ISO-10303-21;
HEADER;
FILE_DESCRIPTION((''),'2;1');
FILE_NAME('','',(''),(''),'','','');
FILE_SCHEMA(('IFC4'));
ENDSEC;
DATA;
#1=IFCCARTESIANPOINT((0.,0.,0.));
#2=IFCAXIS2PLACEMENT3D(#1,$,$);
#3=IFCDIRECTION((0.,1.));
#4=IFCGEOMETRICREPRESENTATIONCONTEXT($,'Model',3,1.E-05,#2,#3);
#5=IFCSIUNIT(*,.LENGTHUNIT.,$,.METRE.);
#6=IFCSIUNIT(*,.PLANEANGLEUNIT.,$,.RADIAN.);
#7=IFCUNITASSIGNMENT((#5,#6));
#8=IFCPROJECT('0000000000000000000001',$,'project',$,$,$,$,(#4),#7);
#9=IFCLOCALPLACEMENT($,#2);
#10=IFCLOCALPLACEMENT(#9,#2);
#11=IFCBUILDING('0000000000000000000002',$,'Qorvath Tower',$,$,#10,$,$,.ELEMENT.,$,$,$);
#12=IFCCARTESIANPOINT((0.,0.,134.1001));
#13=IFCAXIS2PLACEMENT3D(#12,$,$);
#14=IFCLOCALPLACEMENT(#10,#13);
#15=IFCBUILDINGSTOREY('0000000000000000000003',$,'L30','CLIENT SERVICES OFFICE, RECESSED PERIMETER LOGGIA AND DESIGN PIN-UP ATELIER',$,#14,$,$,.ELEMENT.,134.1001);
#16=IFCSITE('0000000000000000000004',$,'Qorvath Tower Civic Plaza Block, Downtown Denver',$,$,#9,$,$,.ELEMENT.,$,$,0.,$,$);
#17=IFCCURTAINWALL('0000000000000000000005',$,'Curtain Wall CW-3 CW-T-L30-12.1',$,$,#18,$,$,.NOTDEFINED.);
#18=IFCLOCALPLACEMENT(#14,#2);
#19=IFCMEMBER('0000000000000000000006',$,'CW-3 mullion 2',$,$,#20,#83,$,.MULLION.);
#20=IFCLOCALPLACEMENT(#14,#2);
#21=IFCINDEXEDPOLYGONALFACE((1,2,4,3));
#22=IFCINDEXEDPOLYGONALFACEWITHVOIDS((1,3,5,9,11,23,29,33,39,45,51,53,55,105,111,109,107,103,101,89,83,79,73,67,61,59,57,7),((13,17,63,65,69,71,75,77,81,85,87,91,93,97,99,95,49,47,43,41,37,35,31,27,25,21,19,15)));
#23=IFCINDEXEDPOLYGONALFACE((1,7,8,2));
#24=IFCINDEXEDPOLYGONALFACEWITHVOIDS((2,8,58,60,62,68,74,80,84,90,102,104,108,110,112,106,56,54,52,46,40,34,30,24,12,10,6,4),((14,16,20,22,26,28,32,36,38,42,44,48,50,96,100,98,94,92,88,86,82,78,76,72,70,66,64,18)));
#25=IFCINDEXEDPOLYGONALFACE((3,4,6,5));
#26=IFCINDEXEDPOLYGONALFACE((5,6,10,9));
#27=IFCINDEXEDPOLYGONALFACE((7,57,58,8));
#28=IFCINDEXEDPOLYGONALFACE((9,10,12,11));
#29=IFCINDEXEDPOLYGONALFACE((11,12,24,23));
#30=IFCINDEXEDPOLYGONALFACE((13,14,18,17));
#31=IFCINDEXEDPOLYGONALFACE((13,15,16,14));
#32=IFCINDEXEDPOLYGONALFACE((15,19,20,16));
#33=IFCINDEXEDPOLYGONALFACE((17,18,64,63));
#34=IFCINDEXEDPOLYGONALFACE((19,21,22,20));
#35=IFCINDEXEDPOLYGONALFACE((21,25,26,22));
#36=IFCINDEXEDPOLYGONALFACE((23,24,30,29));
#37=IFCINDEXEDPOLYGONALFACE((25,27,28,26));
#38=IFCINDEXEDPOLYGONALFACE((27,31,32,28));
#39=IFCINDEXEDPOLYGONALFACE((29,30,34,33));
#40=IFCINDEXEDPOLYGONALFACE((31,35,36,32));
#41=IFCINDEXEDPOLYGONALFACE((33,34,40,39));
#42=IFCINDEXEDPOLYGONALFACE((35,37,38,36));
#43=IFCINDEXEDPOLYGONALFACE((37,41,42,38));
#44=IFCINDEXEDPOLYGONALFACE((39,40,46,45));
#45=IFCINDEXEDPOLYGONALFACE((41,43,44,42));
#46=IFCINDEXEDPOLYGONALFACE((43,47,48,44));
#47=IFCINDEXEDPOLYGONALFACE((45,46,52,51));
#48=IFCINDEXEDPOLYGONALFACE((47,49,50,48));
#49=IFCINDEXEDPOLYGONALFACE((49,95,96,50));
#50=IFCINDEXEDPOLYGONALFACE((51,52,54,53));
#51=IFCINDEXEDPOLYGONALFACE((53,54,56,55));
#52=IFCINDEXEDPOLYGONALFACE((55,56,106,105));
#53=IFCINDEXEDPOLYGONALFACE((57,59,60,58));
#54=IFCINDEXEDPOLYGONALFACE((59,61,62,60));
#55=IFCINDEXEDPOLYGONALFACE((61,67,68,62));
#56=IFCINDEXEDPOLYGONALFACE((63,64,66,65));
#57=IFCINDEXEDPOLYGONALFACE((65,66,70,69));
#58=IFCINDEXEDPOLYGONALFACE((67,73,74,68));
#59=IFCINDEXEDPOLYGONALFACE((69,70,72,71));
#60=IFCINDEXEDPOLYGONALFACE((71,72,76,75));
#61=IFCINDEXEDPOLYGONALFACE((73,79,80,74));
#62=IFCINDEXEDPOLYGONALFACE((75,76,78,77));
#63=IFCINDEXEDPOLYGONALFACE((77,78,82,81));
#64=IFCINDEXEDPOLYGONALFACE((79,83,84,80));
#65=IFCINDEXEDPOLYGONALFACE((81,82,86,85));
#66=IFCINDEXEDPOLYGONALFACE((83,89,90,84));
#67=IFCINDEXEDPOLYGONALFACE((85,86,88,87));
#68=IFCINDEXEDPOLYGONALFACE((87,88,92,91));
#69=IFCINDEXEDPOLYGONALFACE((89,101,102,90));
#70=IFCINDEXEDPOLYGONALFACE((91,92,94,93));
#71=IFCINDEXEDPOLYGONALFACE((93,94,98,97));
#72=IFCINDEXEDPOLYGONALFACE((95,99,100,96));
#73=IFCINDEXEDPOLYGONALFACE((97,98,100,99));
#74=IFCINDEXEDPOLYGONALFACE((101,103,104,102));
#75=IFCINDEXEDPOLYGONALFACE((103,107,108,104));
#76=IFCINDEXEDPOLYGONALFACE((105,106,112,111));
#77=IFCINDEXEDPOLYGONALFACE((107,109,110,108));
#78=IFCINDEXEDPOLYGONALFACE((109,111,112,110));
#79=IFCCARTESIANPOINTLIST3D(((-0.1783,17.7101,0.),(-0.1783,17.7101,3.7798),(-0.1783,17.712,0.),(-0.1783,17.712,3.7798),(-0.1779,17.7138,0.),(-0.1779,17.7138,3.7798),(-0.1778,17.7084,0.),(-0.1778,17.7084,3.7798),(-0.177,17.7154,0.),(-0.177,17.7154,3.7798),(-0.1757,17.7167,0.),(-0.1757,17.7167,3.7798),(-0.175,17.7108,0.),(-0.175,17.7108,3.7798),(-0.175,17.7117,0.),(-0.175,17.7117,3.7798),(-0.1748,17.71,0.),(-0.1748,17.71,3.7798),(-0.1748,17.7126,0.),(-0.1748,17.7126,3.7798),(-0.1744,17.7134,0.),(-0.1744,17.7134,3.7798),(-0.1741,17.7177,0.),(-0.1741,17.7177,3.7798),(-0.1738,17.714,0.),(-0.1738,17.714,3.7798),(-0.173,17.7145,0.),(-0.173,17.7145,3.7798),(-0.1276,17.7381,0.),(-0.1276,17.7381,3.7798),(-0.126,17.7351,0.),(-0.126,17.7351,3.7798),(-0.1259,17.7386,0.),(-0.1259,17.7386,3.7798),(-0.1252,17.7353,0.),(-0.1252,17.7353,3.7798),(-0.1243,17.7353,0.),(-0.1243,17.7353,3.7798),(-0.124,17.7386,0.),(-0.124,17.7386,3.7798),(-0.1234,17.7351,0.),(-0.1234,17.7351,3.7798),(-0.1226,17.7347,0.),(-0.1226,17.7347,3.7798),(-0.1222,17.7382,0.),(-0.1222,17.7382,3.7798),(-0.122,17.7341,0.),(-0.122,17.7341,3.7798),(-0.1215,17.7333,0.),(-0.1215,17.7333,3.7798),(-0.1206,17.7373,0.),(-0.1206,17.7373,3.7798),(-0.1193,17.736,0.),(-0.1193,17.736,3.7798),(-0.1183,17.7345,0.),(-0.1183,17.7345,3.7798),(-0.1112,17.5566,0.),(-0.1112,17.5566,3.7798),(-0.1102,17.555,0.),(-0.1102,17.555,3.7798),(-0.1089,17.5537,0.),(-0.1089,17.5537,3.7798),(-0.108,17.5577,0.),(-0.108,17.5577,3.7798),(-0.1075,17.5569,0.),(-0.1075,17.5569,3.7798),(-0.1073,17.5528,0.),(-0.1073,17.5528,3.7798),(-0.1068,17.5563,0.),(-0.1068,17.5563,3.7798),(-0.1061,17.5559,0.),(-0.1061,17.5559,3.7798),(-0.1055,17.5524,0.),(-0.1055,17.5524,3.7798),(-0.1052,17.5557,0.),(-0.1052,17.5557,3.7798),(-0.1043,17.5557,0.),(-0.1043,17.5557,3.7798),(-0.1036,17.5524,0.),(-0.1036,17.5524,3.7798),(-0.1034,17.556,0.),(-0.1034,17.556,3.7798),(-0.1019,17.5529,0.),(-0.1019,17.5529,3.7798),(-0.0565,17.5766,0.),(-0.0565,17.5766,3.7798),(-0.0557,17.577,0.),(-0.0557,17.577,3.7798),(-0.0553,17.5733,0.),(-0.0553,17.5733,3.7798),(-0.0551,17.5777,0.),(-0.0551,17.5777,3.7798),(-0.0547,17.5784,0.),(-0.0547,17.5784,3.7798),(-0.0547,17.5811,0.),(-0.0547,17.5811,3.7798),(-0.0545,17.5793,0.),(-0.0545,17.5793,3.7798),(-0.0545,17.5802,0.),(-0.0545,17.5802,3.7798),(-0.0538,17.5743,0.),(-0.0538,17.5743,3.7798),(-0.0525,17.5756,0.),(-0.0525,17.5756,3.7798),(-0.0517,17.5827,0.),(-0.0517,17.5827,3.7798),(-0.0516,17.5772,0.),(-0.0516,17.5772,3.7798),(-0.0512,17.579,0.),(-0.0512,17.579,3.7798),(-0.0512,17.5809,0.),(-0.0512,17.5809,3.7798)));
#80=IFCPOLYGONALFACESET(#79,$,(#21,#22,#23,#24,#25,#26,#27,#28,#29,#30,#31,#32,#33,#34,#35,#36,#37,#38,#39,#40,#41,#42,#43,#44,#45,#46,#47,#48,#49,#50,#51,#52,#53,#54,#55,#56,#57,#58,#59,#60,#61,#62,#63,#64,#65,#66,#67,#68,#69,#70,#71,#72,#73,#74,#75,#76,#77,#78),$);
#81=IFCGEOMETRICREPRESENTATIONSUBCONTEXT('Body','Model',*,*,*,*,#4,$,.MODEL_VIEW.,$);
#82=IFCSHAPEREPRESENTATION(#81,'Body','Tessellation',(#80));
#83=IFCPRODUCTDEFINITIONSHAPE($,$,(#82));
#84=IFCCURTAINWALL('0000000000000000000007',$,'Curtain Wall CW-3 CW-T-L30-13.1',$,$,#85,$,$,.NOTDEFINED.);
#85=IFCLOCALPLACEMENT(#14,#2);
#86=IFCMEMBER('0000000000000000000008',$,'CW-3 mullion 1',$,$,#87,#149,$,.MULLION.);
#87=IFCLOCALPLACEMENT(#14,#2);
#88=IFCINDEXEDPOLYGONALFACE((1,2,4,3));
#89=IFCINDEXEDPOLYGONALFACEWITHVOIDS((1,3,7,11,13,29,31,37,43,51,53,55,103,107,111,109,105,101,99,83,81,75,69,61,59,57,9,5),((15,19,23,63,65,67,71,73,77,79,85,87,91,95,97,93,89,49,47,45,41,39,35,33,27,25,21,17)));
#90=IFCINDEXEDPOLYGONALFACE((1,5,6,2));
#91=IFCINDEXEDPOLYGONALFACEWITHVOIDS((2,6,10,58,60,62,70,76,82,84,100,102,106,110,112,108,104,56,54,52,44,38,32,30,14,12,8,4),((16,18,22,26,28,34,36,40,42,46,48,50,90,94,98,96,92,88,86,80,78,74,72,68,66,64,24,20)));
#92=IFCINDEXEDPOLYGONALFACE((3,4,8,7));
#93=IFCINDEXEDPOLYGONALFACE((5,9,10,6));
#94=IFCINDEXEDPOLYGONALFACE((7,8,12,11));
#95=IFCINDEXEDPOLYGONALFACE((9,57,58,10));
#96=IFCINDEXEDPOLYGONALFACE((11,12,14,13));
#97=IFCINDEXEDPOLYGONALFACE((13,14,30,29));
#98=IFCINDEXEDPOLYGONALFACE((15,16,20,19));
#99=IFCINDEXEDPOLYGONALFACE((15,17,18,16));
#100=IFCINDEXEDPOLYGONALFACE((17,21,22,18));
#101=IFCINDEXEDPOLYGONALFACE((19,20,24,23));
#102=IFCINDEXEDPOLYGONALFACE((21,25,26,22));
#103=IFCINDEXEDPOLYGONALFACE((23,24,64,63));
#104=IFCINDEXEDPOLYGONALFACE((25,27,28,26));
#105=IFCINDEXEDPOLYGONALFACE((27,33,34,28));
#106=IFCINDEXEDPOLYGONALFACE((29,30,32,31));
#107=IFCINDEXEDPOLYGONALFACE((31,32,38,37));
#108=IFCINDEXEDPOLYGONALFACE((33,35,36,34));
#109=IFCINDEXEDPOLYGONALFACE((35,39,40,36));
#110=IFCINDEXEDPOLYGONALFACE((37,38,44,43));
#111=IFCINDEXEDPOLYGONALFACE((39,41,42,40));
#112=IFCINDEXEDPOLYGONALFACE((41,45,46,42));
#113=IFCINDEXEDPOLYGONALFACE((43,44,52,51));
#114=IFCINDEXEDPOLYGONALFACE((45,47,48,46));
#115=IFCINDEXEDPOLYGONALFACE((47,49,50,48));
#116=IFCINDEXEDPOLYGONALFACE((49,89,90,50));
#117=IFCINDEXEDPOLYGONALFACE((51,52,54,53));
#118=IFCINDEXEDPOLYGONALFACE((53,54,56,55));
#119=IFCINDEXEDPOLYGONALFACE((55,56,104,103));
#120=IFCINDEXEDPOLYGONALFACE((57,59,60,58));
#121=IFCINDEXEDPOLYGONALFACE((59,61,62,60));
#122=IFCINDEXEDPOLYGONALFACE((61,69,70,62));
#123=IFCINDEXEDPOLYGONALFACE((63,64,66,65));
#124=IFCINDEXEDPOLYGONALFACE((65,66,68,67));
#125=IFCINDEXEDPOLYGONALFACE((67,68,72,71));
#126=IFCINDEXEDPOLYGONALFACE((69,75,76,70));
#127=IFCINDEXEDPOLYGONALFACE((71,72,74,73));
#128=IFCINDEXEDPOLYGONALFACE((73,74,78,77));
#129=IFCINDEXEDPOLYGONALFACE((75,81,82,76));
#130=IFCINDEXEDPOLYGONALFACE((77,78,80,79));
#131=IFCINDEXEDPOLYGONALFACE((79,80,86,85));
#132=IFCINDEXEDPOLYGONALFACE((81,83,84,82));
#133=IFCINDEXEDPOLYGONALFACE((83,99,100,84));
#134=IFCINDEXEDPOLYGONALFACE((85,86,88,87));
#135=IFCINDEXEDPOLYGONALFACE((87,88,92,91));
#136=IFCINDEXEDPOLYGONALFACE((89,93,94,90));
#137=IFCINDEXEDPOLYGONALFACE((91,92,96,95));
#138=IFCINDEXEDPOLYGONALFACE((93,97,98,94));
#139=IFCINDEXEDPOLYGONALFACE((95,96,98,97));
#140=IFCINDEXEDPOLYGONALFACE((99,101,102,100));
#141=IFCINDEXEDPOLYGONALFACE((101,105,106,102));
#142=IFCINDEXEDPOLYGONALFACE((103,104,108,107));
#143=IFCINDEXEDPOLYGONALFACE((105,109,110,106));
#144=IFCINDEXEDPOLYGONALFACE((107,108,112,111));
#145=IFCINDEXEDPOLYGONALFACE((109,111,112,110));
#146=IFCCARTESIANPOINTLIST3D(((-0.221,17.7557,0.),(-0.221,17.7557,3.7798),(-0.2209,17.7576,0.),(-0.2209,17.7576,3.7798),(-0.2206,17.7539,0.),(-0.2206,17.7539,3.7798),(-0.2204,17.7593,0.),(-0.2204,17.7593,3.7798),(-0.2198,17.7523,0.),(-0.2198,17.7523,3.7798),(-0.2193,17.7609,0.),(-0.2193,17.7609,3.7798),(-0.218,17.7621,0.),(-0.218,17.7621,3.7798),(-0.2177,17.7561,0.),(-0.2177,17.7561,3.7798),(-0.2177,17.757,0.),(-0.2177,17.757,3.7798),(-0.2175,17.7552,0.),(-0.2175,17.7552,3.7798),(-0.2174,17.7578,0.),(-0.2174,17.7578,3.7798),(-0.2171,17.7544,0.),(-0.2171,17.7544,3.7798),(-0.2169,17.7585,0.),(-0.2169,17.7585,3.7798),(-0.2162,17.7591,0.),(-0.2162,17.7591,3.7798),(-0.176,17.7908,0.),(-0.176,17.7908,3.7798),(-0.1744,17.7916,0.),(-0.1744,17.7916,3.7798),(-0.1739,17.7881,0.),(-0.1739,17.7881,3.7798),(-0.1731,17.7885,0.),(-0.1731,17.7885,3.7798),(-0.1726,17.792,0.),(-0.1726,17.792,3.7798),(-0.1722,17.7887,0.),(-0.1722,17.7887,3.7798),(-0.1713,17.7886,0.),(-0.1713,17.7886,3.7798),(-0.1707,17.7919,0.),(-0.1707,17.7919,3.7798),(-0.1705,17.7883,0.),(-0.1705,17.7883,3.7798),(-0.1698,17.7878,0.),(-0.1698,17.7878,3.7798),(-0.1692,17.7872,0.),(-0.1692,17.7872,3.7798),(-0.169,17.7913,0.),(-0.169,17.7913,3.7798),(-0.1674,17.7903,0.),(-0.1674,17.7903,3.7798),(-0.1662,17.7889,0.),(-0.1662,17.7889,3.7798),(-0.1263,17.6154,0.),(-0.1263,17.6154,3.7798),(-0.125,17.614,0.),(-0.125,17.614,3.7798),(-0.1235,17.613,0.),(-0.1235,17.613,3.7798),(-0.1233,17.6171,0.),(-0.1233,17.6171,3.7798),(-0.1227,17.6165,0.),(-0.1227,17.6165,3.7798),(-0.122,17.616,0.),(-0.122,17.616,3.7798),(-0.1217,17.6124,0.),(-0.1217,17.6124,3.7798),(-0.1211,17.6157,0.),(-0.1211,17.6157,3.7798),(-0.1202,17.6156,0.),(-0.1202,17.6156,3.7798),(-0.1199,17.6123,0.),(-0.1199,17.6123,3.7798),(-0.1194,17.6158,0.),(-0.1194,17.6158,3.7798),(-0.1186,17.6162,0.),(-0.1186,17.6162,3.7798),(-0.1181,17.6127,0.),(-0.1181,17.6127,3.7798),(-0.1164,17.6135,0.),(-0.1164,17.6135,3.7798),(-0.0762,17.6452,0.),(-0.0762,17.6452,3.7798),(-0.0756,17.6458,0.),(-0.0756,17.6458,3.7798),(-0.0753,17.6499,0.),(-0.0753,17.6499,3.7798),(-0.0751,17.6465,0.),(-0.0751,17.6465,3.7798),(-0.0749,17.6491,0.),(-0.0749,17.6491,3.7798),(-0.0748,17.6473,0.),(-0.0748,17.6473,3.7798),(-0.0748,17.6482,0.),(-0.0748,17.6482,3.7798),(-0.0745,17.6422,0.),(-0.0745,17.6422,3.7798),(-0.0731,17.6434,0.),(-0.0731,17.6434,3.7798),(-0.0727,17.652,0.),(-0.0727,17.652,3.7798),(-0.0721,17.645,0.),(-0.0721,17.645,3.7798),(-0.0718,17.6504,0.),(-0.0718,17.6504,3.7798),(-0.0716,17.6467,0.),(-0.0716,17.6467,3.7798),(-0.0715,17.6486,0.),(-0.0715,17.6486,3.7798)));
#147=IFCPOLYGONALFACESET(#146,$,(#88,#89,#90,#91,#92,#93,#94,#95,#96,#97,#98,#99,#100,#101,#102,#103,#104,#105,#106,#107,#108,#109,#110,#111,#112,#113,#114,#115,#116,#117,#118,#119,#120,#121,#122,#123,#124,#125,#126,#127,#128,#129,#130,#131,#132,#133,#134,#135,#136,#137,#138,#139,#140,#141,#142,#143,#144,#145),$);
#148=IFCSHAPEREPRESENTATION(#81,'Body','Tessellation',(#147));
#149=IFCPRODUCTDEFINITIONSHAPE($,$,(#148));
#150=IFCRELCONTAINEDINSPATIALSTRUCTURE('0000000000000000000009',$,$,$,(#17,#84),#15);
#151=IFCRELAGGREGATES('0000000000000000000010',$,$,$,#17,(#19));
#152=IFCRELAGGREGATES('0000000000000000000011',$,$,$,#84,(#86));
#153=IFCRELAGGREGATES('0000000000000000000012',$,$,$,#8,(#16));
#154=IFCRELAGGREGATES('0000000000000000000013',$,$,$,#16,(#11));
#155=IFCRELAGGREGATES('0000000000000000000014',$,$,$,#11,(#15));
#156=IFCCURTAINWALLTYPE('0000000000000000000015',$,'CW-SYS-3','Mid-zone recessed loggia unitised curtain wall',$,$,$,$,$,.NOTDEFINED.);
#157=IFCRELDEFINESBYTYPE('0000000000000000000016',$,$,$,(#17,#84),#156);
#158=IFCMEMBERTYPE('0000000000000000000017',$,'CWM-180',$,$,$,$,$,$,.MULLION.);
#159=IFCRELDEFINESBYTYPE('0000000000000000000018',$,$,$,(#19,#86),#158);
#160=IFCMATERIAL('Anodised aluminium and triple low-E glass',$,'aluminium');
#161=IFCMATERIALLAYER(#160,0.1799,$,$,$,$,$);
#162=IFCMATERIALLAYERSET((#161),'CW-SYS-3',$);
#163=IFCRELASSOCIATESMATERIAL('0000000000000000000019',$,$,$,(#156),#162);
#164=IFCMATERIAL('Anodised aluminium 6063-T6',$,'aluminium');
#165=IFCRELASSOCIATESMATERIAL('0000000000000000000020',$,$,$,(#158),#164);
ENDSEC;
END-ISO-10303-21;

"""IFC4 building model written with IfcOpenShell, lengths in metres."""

from ifc_helpers import new_model, si_unit, direction, frame, origin, origin_2d, place, context, subcontext, project, spatial, hollow_rectangle, extrude, material, layer, layer_set, material_profile, profile_set, type_object, element, aggregate, save


model = new_model("IFC4")

# Units and contexts
model_context = context("Model", 3, precision=1e-05, world=origin(), true_north=direction((0.0, 1.0)))
body_context = subcontext(model_context, "Body", "Model", "MODEL_VIEW")
ifc_project = project(units=[si_unit("LENGTHUNIT", "METRE"), si_unit("PLANEANGLEUNIT", "RADIAN")], contexts=[model_context])

# Site, building, storey
site_placement = place(None, origin())
site = spatial("IfcSite", under=ifc_project, at=site_placement, Name="Qorvath Tower Civic Plaza Block, Downtown Denver", CompositionType="ELEMENT", RefElevation=0.0)
building_placement = place(site_placement, origin())
building = spatial("IfcBuilding", under=site, at=building_placement, Name="Qorvath Tower", CompositionType="ELEMENT")
storey_placement = place(building_placement, frame((0.0, 0.0, 134.1001)))
storey = spatial("IfcBuildingStorey", under=building, at=storey_placement, Name="L30", Description="CLIENT SERVICES OFFICE, RECESSED PERIMETER LOGGIA AND DESIGN PIN-UP ATELIER", CompositionType="ELEMENT", Elevation=134.1001)

# Shared definitions
ifc_material_1 = material(Name="Anodised aluminium and triple low-E glass", Category="aluminium")
ifc_layer_1 = layer(ifc_material_1, 0.1799)
ifc_layer_set_1 = layer_set([ifc_layer_1], Name="CW-SYS-3")
curtain_wall_type = type_object("IfcCurtainWallType", Name="CW-SYS-3", Description="Mid-zone recessed loggia unitised curtain wall", PredefinedType="NOTDEFINED", material=ifc_layer_set_1)
ifc_material_2 = material(Name="Anodised aluminium 6063-T6", Category="aluminium")
ifc_material_profile_1 = material_profile(ifc_material_2, hollow_rectangle(XDim=0.0649, YDim=0.1799, WallThickness=0.0034, InnerFilletRadius=0.0034, OuterFilletRadius=0.0071, at=origin_2d()), Name="CWM 180x65")
ifc_profile_set_1 = profile_set([ifc_material_profile_1], Name="Anodised aluminium 6063-T6")
member_type_1 = type_object("IfcMemberType", Name="CWM-180", PredefinedType="MULLION", material=ifc_profile_set_1)

# Curtain walls, members
curtain_wall_1_placement = place(storey_placement, origin())
curtain_wall_1 = element("IfcCurtainWall", 1, at=curtain_wall_1_placement, inside=storey, type_object=curtain_wall_type, Name="Curtain Wall CW-3 CW-T-L30-12.1", PredefinedType="NOTDEFINED")
member_1_placement = place(storey_placement, frame((-0.1147, 17.6455, 0.0), z_axis=(0.0, 0.0, 1.0), x_axis=(-0.915735, -0.401782, 0.0)))
member_1 = element("IfcMember", 2, at=member_1_placement, type_object=member_type_1, Name="CW-3 mullion 2", PredefinedType="MULLION", context=body_context, shape_type="SweptSolid", body=[
    extrude(hollow_rectangle(XDim=0.0649, YDim=0.1799, WallThickness=0.0034, InnerFilletRadius=0.0034, OuterFilletRadius=0.0071, at=origin_2d()), origin(), (0.0, 0.0, 1.0), 3.7798),
])
curtain_wall_2_placement = place(storey_placement, origin())
curtain_wall_2 = element("IfcCurtainWall", 3, at=curtain_wall_2_placement, inside=storey, type_object=curtain_wall_type, Name="Curtain Wall CW-3 CW-T-L30-13.1", PredefinedType="NOTDEFINED")
member_2_placement = place(storey_placement, frame((-0.1462, 17.7021, 0.0), z_axis=(0.0, 0.0, 1.0), x_axis=(-0.825623, -0.564223, 0.0)))
member_2 = element("IfcMember", 4, at=member_2_placement, type_object=member_type_1, Name="CW-3 mullion 1", PredefinedType="MULLION", context=body_context, shape_type="SweptSolid", body=[
    extrude(hollow_rectangle(XDim=0.0649, YDim=0.1799, WallThickness=0.0034, InnerFilletRadius=0.0034, OuterFilletRadius=0.0071, at=origin_2d()), origin(), (0.0, 0.0, 1.0), 3.7798),
])

aggregate(curtain_wall_1, [member_1])
aggregate(curtain_wall_2, [member_2])

save(model, "model.ifc")
